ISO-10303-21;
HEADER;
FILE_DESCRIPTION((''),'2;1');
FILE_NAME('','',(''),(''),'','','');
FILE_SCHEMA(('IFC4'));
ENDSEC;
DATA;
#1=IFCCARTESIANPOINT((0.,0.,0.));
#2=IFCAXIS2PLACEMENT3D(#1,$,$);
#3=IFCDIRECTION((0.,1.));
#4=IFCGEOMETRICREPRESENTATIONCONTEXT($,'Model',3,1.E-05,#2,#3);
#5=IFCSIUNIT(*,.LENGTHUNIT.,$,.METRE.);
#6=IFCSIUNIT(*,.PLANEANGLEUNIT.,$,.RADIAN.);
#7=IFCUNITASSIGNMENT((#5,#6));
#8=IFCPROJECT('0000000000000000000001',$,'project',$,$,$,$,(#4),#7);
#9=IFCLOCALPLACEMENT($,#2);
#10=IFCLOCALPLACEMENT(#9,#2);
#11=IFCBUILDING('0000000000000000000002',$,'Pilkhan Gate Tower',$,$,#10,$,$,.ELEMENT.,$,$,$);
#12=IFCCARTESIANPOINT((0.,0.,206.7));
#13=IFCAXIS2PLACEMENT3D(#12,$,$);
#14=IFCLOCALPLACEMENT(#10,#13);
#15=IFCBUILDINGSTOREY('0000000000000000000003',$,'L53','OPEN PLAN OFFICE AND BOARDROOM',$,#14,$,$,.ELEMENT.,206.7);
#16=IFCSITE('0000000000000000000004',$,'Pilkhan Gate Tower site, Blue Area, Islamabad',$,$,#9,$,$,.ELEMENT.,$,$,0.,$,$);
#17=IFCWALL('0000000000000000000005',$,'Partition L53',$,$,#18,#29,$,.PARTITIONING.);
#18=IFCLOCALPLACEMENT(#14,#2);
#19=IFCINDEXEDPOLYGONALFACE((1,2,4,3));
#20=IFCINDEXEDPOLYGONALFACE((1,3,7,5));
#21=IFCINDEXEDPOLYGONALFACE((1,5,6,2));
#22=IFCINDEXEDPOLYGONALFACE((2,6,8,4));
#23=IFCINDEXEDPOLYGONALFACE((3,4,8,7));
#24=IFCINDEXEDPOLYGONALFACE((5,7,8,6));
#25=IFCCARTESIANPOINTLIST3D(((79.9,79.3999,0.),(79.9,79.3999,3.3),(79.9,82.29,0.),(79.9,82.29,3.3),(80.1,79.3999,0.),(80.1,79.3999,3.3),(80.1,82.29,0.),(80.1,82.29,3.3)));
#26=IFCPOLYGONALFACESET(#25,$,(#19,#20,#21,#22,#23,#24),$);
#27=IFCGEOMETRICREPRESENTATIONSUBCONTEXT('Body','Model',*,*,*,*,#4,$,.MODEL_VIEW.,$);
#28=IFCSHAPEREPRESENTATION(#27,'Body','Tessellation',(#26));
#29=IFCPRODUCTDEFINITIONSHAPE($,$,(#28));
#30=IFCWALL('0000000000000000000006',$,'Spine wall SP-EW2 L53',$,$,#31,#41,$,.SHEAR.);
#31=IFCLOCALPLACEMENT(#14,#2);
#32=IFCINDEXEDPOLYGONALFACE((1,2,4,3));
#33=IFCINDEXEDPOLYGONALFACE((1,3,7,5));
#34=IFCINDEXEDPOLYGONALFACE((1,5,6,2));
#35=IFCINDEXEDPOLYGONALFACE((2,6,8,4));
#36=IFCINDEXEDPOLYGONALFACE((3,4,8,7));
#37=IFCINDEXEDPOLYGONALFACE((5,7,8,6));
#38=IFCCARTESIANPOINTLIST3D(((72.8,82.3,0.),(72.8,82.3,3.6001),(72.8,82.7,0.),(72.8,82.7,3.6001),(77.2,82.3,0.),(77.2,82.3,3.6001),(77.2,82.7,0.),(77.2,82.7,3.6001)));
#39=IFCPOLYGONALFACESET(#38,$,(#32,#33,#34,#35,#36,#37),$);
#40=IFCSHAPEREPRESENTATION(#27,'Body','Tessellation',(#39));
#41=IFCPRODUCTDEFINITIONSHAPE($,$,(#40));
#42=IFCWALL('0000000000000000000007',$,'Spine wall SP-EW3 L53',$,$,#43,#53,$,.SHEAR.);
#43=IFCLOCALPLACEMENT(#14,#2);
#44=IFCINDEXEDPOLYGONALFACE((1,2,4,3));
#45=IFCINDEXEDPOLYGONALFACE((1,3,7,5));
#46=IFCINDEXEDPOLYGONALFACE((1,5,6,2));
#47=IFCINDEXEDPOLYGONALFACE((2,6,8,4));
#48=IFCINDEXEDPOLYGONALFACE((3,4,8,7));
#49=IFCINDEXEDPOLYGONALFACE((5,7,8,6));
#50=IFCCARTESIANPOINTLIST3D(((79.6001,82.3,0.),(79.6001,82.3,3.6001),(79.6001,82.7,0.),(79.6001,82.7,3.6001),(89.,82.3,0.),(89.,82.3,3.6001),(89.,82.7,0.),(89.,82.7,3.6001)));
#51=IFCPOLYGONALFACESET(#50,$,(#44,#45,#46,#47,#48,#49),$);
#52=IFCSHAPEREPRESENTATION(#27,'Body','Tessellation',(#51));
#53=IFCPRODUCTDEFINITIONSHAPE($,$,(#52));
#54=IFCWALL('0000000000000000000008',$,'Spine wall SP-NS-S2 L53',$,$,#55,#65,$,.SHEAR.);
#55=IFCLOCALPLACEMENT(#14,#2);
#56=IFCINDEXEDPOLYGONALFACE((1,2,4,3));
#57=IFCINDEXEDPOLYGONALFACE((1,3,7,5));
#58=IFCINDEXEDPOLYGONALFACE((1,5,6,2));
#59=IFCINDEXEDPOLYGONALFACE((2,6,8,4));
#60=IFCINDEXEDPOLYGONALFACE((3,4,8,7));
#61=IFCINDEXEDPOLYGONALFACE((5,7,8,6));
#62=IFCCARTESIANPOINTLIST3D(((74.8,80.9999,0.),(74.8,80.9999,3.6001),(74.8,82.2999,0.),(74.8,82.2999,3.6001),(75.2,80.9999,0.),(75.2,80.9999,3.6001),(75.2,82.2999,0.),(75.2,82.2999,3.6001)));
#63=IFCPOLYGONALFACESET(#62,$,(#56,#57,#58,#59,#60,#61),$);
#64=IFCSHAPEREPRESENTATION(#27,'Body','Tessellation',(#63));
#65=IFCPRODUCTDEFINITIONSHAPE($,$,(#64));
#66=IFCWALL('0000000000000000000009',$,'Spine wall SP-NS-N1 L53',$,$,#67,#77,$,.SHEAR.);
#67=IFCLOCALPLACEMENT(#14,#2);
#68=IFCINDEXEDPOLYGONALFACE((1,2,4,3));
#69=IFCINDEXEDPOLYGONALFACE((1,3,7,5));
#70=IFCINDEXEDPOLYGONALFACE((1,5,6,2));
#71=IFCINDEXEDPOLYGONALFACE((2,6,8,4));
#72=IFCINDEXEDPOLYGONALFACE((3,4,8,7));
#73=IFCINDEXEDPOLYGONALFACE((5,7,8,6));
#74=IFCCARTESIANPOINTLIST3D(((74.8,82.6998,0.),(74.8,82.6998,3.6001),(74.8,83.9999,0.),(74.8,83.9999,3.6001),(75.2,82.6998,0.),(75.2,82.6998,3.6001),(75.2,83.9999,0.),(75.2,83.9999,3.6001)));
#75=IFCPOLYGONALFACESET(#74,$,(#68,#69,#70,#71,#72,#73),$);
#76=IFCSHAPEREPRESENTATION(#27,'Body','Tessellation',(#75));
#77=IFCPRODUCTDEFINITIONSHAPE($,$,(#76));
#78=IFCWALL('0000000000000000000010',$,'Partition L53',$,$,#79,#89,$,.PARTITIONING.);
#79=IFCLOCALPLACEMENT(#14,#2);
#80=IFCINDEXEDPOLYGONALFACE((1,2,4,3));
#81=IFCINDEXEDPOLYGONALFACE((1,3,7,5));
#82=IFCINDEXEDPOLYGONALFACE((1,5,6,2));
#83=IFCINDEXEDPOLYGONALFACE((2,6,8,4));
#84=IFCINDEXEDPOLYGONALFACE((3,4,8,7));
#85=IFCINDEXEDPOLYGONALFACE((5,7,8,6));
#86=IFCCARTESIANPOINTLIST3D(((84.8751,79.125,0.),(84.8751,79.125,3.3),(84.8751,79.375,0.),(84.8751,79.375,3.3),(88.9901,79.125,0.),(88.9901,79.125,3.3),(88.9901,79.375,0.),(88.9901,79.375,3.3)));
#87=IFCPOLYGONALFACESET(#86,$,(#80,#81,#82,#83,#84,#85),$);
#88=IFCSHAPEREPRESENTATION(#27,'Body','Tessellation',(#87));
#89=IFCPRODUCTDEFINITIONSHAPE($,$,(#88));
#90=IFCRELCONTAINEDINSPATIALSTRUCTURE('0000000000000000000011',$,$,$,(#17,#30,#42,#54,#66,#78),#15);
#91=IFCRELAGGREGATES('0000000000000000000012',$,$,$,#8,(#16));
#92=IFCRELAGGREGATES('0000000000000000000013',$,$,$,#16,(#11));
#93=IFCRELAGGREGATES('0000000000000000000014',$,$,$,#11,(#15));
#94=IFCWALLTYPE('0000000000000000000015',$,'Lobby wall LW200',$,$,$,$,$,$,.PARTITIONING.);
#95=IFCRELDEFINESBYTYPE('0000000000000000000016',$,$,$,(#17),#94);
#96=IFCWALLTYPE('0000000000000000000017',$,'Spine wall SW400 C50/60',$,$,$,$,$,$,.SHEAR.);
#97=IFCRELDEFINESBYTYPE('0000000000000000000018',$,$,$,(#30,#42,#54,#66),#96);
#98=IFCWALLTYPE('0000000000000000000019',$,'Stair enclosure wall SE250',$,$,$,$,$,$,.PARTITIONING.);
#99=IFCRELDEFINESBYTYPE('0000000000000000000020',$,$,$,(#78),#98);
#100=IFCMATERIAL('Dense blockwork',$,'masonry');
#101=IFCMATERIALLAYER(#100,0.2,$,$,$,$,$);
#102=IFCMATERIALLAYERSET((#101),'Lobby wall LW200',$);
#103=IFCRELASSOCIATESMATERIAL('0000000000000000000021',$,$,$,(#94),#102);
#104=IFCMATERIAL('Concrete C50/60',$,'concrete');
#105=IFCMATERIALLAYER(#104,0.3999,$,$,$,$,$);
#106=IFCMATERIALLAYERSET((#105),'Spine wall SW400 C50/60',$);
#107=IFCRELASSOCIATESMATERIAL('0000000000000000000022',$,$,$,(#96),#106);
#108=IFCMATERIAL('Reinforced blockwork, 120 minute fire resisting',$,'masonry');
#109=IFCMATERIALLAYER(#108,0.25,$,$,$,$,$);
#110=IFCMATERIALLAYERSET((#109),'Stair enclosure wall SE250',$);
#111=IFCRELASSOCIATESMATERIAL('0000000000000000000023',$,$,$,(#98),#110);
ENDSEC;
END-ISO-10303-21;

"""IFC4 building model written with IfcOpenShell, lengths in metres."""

from ifc_helpers import new_model, si_unit, direction, frame, frame_2d, origin, place, context, subcontext, project, spatial, rectangle, extrude, material, layer, layer_set, type_object, element, save


model = new_model("IFC4")

# Units and contexts
model_context = context("Model", 3, precision=1e-05, world=origin(), true_north=direction((0.0, 1.0)))
body_context = subcontext(model_context, "Body", "Model", "MODEL_VIEW")
ifc_project = project(units=[si_unit("LENGTHUNIT", "METRE"), si_unit("PLANEANGLEUNIT", "RADIAN")], contexts=[model_context])

# Site, building, storey
site_placement = place(None, origin())
site = spatial("IfcSite", under=ifc_project, at=site_placement, Name="Pilkhan Gate Tower site, Blue Area, Islamabad", CompositionType="ELEMENT", RefElevation=0.0)
building_placement = place(site_placement, origin())
building = spatial("IfcBuilding", under=site, at=building_placement, Name="Pilkhan Gate Tower", CompositionType="ELEMENT")
storey_placement = place(building_placement, frame((0.0, 0.0, 206.7)))
storey = spatial("IfcBuildingStorey", under=building, at=storey_placement, Name="L53", Description="OPEN PLAN OFFICE AND BOARDROOM", CompositionType="ELEMENT", Elevation=206.7)

# Shared definitions
ifc_material_1 = material(Name="Concrete C50/60", Category="concrete")

# Shared definitions
ifc_material_2 = material(Name="Dense blockwork", Category="masonry")
ifc_layer_1 = layer(ifc_material_2, 0.2)
ifc_layer_set_1 = layer_set([ifc_layer_1], Name="Lobby wall LW200")
wall_type_1 = type_object("IfcWallType", Name="Lobby wall LW200", PredefinedType="PARTITIONING", material=ifc_layer_set_1)

# Walls
wall_1_placement = place(storey_placement, frame((80.0, 79.3999, 0.0), z_axis=(0.0, 0.0, 1.0), x_axis=(0.0, 1.0, 0.0)))
element("IfcWall", 1, at=wall_1_placement, inside=storey, type_object=wall_type_1, Name="Partition L53", PredefinedType="PARTITIONING", context=body_context, shape_type="SweptSolid", body=[
    extrude(rectangle(XDim=2.8901, YDim=0.2, at=frame_2d((1.4451, 0.0))), origin(), (0.0, 0.0, 1.0), 3.3),
])
ifc_layer_2 = layer(ifc_material_1, 0.3999)
ifc_layer_set_2 = layer_set([ifc_layer_2], Name="Spine wall SW400 C50/60")
wall_type_2 = type_object("IfcWallType", Name="Spine wall SW400 C50/60", PredefinedType="SHEAR", material=ifc_layer_set_2)
wall_2_placement = place(storey_placement, frame((72.8, 82.5, 0.0), z_axis=(0.0, 0.0, 1.0), x_axis=(1.0, 0.0, 0.0)))
element("IfcWall", 2, at=wall_2_placement, inside=storey, type_object=wall_type_2, Name="Spine wall SP-EW2 L53", PredefinedType="SHEAR", context=body_context, shape_type="SweptSolid", body=[
    extrude(rectangle(XDim=4.3999, YDim=0.3999, at=frame_2d((2.2, 0.0))), origin(), (0.0, 0.0, 1.0), 3.6001),
])
wall_3_placement = place(storey_placement, frame((79.6001, 82.5, 0.0), z_axis=(0.0, 0.0, 1.0), x_axis=(1.0, 0.0, 0.0)))
element("IfcWall", 3, at=wall_3_placement, inside=storey, type_object=wall_type_2, Name="Spine wall SP-EW3 L53", PredefinedType="SHEAR", context=body_context, shape_type="SweptSolid", body=[
    extrude(rectangle(XDim=9.3999, YDim=0.3999, at=frame_2d((4.7, 0.0))), origin(), (0.0, 0.0, 1.0), 3.6001),
])
for number, where, z_axis, x_axis, name in (
    (4, (75.0, 81.0, 0.0), (0.0, 0.0, 1.0), (0.0, 1.0, 0.0), "Spine wall SP-NS-S2 L53"),
    (5, (75.0, 82.7, 0.0), (0.0, 0.0, 1.0), (0.0, 1.0, 0.0), "Spine wall SP-NS-N1 L53"),
):
    element("IfcWall", number, at=place(storey_placement, frame(where, z_axis=z_axis, x_axis=x_axis)), inside=storey, type_object=wall_type_2, Name=name, PredefinedType="SHEAR", context=body_context, shape_type="SweptSolid", body=[
        extrude(rectangle(XDim=1.3, YDim=0.3999, at=frame_2d((0.6499, 0.0))), origin(), (0.0, 0.0, 1.0), 3.6001),
    ])
ifc_material_3 = material(Name="Reinforced blockwork, 120 minute fire resisting", Category="masonry")
ifc_layer_3 = layer(ifc_material_3, 0.25)
ifc_layer_set_3 = layer_set([ifc_layer_3], Name="Stair enclosure wall SE250")
wall_type_3 = type_object("IfcWallType", Name="Stair enclosure wall SE250", PredefinedType="PARTITIONING", material=ifc_layer_set_3)
wall_4_placement = place(storey_placement, frame((84.875, 79.25, 0.0), z_axis=(0.0, 0.0, 1.0), x_axis=(1.0, 0.0, 0.0)))
element("IfcWall", 6, at=wall_4_placement, inside=storey, type_object=wall_type_3, Name="Partition L53", PredefinedType="PARTITIONING", context=body_context, shape_type="SweptSolid", body=[
    extrude(rectangle(XDim=4.115, YDim=0.25, at=frame_2d((2.0576, 0.0))), origin(), (0.0, 0.0, 1.0), 3.3),
])

save(model, "model.ifc")
